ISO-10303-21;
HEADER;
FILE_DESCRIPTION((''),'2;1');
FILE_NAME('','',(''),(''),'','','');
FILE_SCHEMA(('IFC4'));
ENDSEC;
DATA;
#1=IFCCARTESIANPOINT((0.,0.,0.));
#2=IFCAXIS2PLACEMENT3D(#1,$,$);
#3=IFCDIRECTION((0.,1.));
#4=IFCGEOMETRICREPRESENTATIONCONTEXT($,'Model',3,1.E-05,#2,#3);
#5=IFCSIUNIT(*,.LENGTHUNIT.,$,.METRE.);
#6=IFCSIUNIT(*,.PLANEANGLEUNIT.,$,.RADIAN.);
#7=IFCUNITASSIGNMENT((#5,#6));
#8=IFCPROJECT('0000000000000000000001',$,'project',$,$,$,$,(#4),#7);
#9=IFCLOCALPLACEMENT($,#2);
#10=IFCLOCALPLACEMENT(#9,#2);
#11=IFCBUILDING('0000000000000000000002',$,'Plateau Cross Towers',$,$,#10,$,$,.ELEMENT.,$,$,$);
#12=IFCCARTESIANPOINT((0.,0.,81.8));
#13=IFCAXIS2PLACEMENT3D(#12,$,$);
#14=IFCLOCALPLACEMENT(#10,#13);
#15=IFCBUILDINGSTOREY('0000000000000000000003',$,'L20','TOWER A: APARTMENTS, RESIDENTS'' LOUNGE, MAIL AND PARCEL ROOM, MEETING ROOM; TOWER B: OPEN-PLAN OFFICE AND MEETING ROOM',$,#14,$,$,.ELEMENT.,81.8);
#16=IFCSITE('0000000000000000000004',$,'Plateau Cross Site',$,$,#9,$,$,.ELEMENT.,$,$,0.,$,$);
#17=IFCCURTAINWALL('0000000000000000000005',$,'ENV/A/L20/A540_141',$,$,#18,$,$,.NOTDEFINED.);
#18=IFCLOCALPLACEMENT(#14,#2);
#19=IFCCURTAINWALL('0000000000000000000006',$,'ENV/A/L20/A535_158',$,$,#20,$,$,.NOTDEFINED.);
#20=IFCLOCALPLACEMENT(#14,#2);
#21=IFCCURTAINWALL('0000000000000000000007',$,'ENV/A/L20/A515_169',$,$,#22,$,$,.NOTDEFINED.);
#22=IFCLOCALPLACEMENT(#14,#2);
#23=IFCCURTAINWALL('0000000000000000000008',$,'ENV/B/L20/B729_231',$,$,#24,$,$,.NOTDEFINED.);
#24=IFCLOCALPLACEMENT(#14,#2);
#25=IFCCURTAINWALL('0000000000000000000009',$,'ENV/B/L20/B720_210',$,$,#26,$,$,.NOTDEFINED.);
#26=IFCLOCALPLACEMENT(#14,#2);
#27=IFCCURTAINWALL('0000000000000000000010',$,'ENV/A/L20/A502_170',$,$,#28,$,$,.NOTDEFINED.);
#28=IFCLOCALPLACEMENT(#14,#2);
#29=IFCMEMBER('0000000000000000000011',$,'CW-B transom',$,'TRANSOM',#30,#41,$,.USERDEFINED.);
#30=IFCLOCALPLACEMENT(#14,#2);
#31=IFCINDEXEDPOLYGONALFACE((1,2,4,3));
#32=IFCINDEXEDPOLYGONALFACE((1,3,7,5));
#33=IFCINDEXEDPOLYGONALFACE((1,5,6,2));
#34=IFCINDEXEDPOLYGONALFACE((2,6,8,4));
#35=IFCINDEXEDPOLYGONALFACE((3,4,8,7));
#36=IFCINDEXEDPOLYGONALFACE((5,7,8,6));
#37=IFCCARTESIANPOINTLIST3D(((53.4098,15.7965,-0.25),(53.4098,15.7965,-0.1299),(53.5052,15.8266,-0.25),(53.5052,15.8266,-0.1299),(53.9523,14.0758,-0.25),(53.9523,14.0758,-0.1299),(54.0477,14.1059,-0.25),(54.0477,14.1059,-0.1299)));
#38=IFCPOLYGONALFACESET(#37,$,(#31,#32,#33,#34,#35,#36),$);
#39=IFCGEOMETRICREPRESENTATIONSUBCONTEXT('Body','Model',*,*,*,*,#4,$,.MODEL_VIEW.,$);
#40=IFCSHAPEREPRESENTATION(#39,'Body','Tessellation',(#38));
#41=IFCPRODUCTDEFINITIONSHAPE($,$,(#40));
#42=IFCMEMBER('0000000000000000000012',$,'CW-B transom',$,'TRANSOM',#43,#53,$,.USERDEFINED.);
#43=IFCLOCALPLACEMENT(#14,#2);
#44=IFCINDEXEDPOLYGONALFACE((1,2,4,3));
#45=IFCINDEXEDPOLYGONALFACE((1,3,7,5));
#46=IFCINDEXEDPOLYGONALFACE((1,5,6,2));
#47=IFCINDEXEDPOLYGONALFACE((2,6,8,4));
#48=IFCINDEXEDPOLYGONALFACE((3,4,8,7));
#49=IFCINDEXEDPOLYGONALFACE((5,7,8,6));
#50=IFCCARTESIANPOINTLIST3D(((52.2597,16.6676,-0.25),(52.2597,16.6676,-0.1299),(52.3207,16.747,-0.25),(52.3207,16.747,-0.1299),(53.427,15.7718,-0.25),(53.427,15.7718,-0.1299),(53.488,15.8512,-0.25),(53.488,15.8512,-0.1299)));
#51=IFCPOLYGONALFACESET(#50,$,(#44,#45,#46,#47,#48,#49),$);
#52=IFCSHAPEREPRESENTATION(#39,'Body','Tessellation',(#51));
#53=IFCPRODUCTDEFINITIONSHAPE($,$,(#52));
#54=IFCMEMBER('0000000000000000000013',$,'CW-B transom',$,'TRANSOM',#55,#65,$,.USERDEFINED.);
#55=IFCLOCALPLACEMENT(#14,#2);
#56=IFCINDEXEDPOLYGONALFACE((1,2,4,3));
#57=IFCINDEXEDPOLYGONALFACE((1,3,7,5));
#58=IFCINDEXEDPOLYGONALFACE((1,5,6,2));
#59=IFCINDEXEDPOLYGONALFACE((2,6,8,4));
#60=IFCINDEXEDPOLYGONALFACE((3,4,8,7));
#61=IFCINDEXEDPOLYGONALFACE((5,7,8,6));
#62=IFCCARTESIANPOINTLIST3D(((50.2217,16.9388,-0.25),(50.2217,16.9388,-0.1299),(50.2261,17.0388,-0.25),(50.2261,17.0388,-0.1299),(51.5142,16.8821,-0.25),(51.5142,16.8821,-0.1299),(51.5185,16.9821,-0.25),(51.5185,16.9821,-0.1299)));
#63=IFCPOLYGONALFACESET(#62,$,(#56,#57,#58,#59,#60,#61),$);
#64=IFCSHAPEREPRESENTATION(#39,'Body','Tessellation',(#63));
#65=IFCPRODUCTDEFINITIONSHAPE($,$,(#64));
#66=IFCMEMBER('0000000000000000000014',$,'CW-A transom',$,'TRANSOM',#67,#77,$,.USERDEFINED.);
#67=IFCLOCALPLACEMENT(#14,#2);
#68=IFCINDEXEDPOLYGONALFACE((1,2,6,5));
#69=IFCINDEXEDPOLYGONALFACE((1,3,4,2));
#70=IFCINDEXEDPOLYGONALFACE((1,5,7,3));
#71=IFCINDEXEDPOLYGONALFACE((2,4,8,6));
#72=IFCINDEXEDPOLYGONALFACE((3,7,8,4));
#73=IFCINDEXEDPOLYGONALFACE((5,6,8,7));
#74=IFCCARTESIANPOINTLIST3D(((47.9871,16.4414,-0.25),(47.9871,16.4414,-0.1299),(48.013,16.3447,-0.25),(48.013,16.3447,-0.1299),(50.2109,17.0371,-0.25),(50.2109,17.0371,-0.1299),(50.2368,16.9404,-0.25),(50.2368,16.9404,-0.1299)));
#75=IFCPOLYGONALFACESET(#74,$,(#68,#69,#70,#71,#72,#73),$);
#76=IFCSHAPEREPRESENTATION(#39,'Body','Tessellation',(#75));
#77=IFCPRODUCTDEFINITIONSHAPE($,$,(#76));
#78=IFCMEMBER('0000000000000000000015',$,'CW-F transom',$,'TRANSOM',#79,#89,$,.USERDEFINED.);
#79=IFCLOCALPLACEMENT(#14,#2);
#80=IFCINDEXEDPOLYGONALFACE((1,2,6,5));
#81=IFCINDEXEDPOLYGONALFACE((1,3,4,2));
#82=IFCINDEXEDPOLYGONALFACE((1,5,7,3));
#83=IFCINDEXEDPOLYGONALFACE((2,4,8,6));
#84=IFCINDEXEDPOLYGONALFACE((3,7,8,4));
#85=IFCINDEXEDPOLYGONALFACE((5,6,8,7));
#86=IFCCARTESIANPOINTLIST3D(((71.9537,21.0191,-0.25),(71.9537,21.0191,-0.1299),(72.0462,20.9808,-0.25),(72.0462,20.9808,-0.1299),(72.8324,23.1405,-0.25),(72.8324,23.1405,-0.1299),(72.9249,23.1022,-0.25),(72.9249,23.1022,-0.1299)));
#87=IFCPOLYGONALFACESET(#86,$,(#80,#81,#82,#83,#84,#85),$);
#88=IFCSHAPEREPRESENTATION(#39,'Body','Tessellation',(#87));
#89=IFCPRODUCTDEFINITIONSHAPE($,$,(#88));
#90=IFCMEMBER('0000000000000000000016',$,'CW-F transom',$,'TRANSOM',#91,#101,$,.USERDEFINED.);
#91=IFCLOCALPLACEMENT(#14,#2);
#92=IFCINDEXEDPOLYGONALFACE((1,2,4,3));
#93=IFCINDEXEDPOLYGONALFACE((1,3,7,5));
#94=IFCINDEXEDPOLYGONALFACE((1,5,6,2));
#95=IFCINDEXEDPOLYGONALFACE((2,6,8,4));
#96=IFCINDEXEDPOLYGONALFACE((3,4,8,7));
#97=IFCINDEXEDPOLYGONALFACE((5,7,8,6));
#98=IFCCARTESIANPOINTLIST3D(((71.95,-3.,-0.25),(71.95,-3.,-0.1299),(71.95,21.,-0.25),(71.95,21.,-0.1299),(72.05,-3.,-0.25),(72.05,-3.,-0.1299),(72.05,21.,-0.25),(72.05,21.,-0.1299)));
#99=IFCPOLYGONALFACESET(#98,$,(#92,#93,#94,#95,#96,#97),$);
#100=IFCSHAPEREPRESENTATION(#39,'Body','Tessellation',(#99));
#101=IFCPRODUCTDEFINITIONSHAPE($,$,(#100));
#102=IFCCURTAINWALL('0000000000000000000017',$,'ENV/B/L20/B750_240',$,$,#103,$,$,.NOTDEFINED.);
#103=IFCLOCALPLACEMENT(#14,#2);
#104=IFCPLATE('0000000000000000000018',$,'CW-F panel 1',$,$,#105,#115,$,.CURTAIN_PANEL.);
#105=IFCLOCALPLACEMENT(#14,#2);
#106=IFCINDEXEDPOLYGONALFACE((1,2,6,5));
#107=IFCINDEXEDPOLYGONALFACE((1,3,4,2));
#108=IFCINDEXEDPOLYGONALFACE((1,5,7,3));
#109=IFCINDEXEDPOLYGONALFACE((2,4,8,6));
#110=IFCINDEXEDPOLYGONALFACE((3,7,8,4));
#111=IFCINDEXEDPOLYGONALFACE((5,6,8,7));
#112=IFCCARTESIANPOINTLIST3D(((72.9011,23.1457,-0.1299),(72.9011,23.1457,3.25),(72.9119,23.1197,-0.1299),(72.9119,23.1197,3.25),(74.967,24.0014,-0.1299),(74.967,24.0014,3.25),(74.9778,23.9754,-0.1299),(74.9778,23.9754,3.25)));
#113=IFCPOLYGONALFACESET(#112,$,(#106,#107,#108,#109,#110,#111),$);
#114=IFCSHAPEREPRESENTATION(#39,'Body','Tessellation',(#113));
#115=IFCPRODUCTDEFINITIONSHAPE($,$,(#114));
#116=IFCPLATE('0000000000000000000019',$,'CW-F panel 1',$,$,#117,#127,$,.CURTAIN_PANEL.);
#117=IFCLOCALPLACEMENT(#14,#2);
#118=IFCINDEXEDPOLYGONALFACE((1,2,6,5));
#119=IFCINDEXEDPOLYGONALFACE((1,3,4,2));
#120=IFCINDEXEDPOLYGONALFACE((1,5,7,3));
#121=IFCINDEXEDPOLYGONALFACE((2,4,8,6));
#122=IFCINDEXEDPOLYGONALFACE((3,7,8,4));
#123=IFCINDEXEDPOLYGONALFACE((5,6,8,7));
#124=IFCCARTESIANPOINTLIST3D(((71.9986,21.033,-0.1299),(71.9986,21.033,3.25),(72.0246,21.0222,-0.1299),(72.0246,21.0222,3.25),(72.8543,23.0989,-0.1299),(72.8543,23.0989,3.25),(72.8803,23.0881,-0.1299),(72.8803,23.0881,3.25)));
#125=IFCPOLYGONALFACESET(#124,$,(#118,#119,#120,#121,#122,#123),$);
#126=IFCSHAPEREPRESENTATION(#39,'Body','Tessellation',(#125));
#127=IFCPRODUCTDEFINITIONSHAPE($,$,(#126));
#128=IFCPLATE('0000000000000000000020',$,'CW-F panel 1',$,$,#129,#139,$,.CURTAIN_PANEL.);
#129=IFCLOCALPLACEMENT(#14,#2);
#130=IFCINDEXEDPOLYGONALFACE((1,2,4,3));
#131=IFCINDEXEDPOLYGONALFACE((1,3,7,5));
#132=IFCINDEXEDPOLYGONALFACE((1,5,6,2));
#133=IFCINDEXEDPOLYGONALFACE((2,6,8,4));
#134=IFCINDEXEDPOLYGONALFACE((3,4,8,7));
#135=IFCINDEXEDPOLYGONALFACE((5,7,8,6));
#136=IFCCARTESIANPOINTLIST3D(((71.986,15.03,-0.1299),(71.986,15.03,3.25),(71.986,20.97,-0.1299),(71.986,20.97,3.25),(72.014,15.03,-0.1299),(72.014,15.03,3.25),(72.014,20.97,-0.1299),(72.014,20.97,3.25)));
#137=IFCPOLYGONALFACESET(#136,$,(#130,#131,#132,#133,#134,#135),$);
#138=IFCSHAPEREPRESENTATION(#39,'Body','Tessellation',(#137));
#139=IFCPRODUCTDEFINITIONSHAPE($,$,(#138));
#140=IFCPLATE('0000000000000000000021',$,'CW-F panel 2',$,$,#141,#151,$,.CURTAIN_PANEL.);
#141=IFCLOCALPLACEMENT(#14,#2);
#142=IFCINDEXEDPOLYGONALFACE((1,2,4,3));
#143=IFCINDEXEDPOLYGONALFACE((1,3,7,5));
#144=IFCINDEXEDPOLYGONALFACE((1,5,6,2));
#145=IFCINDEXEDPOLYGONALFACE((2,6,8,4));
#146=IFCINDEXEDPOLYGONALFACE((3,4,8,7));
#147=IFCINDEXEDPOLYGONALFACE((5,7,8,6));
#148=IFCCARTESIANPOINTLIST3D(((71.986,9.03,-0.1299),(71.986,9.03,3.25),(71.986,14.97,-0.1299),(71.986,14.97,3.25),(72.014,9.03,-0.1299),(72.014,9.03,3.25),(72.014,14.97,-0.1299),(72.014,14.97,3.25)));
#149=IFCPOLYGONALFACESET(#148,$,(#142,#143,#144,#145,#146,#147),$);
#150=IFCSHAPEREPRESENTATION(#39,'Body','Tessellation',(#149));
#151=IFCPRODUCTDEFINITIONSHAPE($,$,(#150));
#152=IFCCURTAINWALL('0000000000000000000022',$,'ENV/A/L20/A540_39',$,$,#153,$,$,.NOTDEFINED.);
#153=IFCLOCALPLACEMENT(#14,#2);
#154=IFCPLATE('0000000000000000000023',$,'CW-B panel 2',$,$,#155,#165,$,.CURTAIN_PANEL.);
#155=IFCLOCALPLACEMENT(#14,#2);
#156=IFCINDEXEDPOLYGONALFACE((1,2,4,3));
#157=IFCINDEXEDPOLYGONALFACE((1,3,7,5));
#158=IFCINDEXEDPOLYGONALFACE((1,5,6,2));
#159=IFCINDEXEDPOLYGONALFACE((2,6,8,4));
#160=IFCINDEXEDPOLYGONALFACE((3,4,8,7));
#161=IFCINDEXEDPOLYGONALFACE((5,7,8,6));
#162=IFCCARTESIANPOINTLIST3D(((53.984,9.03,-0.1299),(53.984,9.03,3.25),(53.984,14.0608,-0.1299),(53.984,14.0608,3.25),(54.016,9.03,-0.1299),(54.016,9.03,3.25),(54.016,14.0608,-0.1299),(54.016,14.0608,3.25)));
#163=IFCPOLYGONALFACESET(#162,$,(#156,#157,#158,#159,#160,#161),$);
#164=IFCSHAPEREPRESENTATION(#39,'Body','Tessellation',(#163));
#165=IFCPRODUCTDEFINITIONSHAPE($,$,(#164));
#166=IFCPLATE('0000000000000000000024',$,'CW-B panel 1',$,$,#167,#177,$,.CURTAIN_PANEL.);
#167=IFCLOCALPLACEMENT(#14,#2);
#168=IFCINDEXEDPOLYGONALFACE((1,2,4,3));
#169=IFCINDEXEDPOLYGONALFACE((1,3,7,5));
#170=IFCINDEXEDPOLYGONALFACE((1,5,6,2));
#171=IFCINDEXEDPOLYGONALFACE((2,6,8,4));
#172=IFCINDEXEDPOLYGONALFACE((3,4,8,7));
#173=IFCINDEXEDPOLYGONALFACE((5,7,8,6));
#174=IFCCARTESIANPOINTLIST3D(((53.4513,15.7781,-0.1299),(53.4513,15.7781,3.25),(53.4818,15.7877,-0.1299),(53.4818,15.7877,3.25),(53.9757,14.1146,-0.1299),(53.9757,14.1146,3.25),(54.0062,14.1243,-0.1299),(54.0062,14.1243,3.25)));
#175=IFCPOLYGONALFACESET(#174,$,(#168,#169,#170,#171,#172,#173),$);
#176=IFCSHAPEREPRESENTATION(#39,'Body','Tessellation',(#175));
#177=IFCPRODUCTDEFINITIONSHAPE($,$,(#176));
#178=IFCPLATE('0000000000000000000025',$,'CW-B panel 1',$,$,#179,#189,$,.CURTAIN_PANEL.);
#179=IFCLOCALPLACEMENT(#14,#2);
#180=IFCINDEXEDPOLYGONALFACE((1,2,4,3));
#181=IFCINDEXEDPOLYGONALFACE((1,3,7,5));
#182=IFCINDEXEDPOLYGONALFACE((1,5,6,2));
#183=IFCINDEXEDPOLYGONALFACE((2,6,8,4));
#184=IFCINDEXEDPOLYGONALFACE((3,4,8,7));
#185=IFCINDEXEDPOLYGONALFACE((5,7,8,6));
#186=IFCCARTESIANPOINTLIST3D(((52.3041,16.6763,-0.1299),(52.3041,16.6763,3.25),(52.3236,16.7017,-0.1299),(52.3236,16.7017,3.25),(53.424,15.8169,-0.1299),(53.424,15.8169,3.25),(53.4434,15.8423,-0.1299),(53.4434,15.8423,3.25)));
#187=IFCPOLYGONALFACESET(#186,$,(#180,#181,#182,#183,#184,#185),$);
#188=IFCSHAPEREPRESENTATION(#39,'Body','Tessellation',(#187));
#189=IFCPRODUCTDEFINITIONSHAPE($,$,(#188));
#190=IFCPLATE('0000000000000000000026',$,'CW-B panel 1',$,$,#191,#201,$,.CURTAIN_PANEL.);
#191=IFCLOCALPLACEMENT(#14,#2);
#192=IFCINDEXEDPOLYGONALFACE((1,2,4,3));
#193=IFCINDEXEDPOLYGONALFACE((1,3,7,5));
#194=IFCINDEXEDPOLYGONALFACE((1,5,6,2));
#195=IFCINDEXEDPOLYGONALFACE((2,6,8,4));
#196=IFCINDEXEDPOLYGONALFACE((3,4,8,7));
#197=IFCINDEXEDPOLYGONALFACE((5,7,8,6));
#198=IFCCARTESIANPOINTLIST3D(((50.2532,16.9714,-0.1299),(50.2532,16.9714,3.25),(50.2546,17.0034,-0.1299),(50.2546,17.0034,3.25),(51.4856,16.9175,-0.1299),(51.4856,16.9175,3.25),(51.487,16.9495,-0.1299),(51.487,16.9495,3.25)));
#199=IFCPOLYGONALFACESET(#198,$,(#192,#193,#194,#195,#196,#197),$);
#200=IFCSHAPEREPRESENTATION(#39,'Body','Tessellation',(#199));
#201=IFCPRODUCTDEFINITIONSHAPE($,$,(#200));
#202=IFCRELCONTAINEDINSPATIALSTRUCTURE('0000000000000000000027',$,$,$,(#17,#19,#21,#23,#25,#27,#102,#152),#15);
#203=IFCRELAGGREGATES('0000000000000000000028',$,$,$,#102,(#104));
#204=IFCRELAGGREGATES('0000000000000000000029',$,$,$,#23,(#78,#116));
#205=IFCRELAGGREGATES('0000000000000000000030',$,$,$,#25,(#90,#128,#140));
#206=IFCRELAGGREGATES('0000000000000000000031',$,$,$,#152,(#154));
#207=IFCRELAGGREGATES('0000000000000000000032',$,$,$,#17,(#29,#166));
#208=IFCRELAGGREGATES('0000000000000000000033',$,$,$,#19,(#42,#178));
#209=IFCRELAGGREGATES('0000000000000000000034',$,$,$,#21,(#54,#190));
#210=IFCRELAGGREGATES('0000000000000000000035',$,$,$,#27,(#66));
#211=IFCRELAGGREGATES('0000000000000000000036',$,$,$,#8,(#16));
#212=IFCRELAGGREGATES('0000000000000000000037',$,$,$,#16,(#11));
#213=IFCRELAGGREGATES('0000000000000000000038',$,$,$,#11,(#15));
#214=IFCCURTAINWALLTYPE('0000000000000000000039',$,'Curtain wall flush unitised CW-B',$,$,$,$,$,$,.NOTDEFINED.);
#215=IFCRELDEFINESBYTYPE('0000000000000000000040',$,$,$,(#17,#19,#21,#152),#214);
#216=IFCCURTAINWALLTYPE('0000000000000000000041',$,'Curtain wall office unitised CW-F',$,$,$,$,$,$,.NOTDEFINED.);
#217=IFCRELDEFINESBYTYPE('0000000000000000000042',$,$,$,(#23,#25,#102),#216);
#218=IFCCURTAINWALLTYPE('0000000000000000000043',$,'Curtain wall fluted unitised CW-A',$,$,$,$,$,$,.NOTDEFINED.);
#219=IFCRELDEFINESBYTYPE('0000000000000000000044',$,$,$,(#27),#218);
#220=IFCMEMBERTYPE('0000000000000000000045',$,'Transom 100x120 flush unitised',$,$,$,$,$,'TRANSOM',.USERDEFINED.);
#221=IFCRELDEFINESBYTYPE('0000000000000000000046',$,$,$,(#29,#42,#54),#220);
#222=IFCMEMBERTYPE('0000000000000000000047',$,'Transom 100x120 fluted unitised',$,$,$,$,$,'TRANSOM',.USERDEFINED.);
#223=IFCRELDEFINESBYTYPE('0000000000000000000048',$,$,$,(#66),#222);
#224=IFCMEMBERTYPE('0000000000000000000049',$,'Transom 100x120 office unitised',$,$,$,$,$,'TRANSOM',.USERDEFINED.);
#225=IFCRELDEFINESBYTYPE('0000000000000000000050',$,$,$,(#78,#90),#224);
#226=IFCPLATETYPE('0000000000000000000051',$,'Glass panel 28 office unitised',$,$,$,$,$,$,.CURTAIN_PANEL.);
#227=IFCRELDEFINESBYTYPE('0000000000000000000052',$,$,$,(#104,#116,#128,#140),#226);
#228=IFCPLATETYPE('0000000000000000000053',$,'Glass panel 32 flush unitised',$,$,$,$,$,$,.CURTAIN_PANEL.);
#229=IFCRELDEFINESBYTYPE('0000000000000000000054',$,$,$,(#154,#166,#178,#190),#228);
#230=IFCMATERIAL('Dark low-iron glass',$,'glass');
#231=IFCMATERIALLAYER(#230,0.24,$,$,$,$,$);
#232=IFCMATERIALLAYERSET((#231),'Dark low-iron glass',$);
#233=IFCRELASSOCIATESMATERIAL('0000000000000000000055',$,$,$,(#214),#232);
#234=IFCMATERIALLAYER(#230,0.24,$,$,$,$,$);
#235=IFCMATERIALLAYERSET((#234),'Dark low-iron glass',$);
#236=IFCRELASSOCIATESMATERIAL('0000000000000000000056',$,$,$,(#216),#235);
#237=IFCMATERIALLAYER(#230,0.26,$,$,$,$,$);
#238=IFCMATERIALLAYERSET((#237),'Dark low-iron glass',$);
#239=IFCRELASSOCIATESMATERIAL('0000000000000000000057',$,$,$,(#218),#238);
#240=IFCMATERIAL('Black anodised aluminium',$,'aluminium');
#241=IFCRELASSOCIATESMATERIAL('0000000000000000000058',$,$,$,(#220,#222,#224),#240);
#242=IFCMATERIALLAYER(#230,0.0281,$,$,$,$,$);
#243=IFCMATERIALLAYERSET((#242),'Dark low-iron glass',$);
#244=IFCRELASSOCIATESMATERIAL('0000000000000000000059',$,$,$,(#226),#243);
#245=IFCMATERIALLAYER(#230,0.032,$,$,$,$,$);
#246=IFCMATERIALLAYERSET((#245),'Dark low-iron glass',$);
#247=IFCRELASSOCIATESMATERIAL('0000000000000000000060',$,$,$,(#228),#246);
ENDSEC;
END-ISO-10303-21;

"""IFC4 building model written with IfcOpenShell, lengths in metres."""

from ifc_helpers import new_model, si_unit, direction, frame, origin, origin_2d, place, context, subcontext, project, spatial, rectangle, extrude, material, layer, layer_set, material_profile, profile_set, type_object, element, aggregate, save


model = new_model("IFC4")

# Units and contexts
model_context = context("Model", 3, precision=1e-05, world=origin(), true_north=direction((0.0, 1.0)))
body_context = subcontext(model_context, "Body", "Model", "MODEL_VIEW")
ifc_project = project(units=[si_unit("LENGTHUNIT", "METRE"), si_unit("PLANEANGLEUNIT", "RADIAN")], contexts=[model_context])

# Site, building, storey
site_placement = place(None, origin())
site = spatial("IfcSite", under=ifc_project, at=site_placement, Name="Plateau Cross Site", CompositionType="ELEMENT", RefElevation=0.0)
building_placement = place(site_placement, origin())
building = spatial("IfcBuilding", under=site, at=building_placement, Name="Plateau Cross Towers", CompositionType="ELEMENT")
storey_placement = place(building_placement, frame((0.0, 0.0, 81.8)))
storey = spatial("IfcBuildingStorey", under=building, at=storey_placement, Name="L20", Description="TOWER A: APARTMENTS, RESIDENTS' LOUNGE, MAIL AND PARCEL ROOM, MEETING ROOM; TOWER B: OPEN-PLAN OFFICE AND MEETING ROOM", CompositionType="ELEMENT", Elevation=81.8)

# Curtain wall
ifc_material_1 = material(Name="Dark low-iron glass", Category="glass")
ifc_layer_1 = layer(ifc_material_1, 0.24)
ifc_layer_set_1 = layer_set([ifc_layer_1], Name="Dark low-iron glass")
curtain_wall_type_1 = type_object("IfcCurtainWallType", Name="Curtain wall flush unitised CW-B", PredefinedType="NOTDEFINED", material=ifc_layer_set_1)
curtain_wall_1_placement = place(storey_placement, origin())
curtain_wall_1 = element("IfcCurtainWall", 1, at=curtain_wall_1_placement, inside=storey, type_object=curtain_wall_type_1, Name="ENV/A/L20/A540_141", PredefinedType="NOTDEFINED")
ifc_material_2 = material(Name="Black anodised aluminium", Category="aluminium")

# Curtain wall
curtain_wall_2_placement = place(storey_placement, origin())
curtain_wall_2 = element("IfcCurtainWall", 2, at=curtain_wall_2_placement, inside=storey, type_object=curtain_wall_type_1, Name="ENV/A/L20/A535_158", PredefinedType="NOTDEFINED")

# Curtain walls
curtain_wall_3_placement = place(storey_placement, origin())
curtain_wall_3 = element("IfcCurtainWall", 3, at=curtain_wall_3_placement, inside=storey, type_object=curtain_wall_type_1, Name="ENV/A/L20/A515_169", PredefinedType="NOTDEFINED")
ifc_layer_2 = layer(ifc_material_1, 0.24)
ifc_layer_set_2 = layer_set([ifc_layer_2], Name="Dark low-iron glass")
curtain_wall_type_2 = type_object("IfcCurtainWallType", Name="Curtain wall office unitised CW-F", PredefinedType="NOTDEFINED", material=ifc_layer_set_2)
curtain_wall_4_placement = place(storey_placement, origin())
curtain_wall_4 = element("IfcCurtainWall", 4, at=curtain_wall_4_placement, inside=storey, type_object=curtain_wall_type_2, Name="ENV/B/L20/B729_231", PredefinedType="NOTDEFINED")

# Curtain wall
curtain_wall_5_placement = place(storey_placement, origin())
curtain_wall_5 = element("IfcCurtainWall", 5, at=curtain_wall_5_placement, inside=storey, type_object=curtain_wall_type_2, Name="ENV/B/L20/B720_210", PredefinedType="NOTDEFINED")

# Curtain wall
ifc_layer_3 = layer(ifc_material_1, 0.26)
ifc_layer_set_3 = layer_set([ifc_layer_3], Name="Dark low-iron glass")
curtain_wall_type_3 = type_object("IfcCurtainWallType", Name="Curtain wall fluted unitised CW-A", PredefinedType="NOTDEFINED", material=ifc_layer_set_3)
curtain_wall_6_placement = place(storey_placement, origin())
curtain_wall_6 = element("IfcCurtainWall", 6, at=curtain_wall_6_placement, inside=storey, type_object=curtain_wall_type_3, Name="ENV/A/L20/A502_170", PredefinedType="NOTDEFINED")

# Members
ifc_material_profile_1 = material_profile(ifc_material_2, rectangle(XDim=0.1001, YDim=0.1201, at=origin_2d()), Name="TRANSOM 100x120")
ifc_profile_set_1 = profile_set([ifc_material_profile_1], Name="Black anodised aluminium")
member_type_1 = type_object("IfcMemberType", Name="Transom 100x120 flush unitised", ElementType="TRANSOM", PredefinedType="USERDEFINED", material=ifc_profile_set_1)
member_1_placement = place(storey_placement, frame((54.0, 14.0908, -0.1899), z_axis=(-0.300678, 0.953726, 0.0), x_axis=(-0.953726, -0.300678, 0.0)))
member_1 = element("IfcMember", 7, at=member_1_placement, type_object=member_type_1, Name="CW-B transom", ObjectType="TRANSOM", PredefinedType="USERDEFINED", context=body_context, shape_type="SweptSolid", body=[
    extrude(rectangle(XDim=0.1001, YDim=0.1201, at=origin_2d()), origin(), (0.0, 0.0, 1.0), 1.8042),
])
member_2_placement = place(storey_placement, frame((53.4575, 15.8115, -0.1899), z_axis=(-0.793321, 0.608804, 0.0), x_axis=(-0.608804, -0.793321, 0.0)))
member_2 = element("IfcMember", 8, at=member_2_placement, type_object=member_type_1, Name="CW-B transom", ObjectType="TRANSOM", PredefinedType="USERDEFINED", context=body_context, shape_type="SweptSolid", body=[
    extrude(rectangle(XDim=0.1001, YDim=0.1201, at=origin_2d()), origin(), (0.0, 0.0, 1.0), 1.4714),
])
member_3_placement = place(storey_placement, frame((51.5164, 16.9321, -0.1899), z_axis=(-0.999041, 0.043781, 0.0), x_axis=(-0.043781, -0.999041, 0.0)))
member_3 = element("IfcMember", 9, at=member_3_placement, type_object=member_type_1, Name="CW-B transom", ObjectType="TRANSOM", PredefinedType="USERDEFINED", context=body_context, shape_type="SweptSolid", body=[
    extrude(rectangle(XDim=0.1001, YDim=0.1201, at=origin_2d()), origin(), (0.0, 0.0, 1.0), 1.2937),
])
ifc_material_profile_2 = material_profile(ifc_material_2, rectangle(XDim=0.1001, YDim=0.1201, at=origin_2d()), Name="TRANSOM 100x120")
ifc_profile_set_2 = profile_set([ifc_material_profile_2], Name="Black anodised aluminium")
member_type_2 = type_object("IfcMemberType", Name="Transom 100x120 fluted unitised", ElementType="TRANSOM", PredefinedType="USERDEFINED", material=ifc_profile_set_2)
member_4_placement = place(storey_placement, frame((50.2239, 16.9888, -0.1899), z_axis=(-0.965946, -0.258745, 0.0), x_axis=(0.258745, -0.965946, 0.0)))
member_4 = element("IfcMember", 10, at=member_4_placement, type_object=member_type_2, Name="CW-A transom", ObjectType="TRANSOM", PredefinedType="USERDEFINED", context=body_context, shape_type="SweptSolid", body=[
    extrude(rectangle(XDim=0.1001, YDim=0.1201, at=origin_2d()), origin(), (0.0, 0.0, 1.0), 2.3022),
])
ifc_material_profile_3 = material_profile(ifc_material_2, rectangle(XDim=0.1001, YDim=0.1201, at=origin_2d()), Name="TRANSOM 100x120")
ifc_profile_set_3 = profile_set([ifc_material_profile_3], Name="Black anodised aluminium")
member_type_3 = type_object("IfcMemberType", Name="Transom 100x120 office unitised", ElementType="TRANSOM", PredefinedType="USERDEFINED", material=ifc_profile_set_3)
member_5_placement = place(storey_placement, frame((72.8787, 23.1213, -0.1899), z_axis=(-0.382674, -0.923883, 0.0), x_axis=(0.923883, -0.382674, 0.0)))
member_5 = element("IfcMember", 11, at=member_5_placement, type_object=member_type_3, Name="CW-F transom", ObjectType="TRANSOM", PredefinedType="USERDEFINED", context=body_context, shape_type="SweptSolid", body=[
    extrude(rectangle(XDim=0.1001, YDim=0.1201, at=origin_2d()), origin(), (0.0, 0.0, 1.0), 2.2961),
])
member_6_placement = place(storey_placement, frame((72.0, 21.0, -0.1899), z_axis=(0.0, -1.0, 0.0), x_axis=(1.0, 0.0, 0.0)))
member_6 = element("IfcMember", 12, at=member_6_placement, type_object=member_type_3, Name="CW-F transom", ObjectType="TRANSOM", PredefinedType="USERDEFINED", context=body_context, shape_type="SweptSolid", body=[
    extrude(rectangle(XDim=0.1001, YDim=0.1201, at=origin_2d()), origin(), (0.0, 0.0, 1.0), 24.0),
])

# Curtain wall, plate
curtain_wall_7_placement = place(storey_placement, origin())
curtain_wall_7 = element("IfcCurtainWall", 13, at=curtain_wall_7_placement, inside=storey, type_object=curtain_wall_type_2, Name="ENV/B/L20/B750_240", PredefinedType="NOTDEFINED")
ifc_layer_4 = layer(ifc_material_1, 0.0281)
ifc_layer_set_4 = layer_set([ifc_layer_4], Name="Dark low-iron glass")
plate_type_1 = type_object("IfcPlateType", Name="Glass panel 28 office unitised", PredefinedType="CURTAIN_PANEL", material=ifc_layer_set_4)
plate_1_placement = place(storey_placement, frame((73.9395, 23.5605, -0.1299), z_axis=(0.0, 0.0, 1.0), x_axis=(-0.923879, -0.382684, 0.0)))
plate_1 = element("IfcPlate", 14, at=plate_1_placement, type_object=plate_type_1, Name="CW-F panel 1", PredefinedType="CURTAIN_PANEL", context=body_context, shape_type="SweptSolid", body=[
    extrude(rectangle(XDim=2.2361, YDim=0.0281, at=origin_2d()), origin(), (0.0, 0.0, 1.0), 3.3799),
])
aggregate(curtain_wall_7, [plate_1])

# Plates
plate_2_placement = place(storey_placement, frame((72.4395, 22.0605, -0.1299), z_axis=(0.0, 0.0, 1.0), x_axis=(-0.382684, -0.923879, 0.0)))
plate_2 = element("IfcPlate", 15, at=plate_2_placement, type_object=plate_type_1, Name="CW-F panel 1", PredefinedType="CURTAIN_PANEL", context=body_context, shape_type="SweptSolid", body=[
    extrude(rectangle(XDim=2.2361, YDim=0.0281, at=origin_2d()), origin(), (0.0, 0.0, 1.0), 3.3799),
])
aggregate(curtain_wall_4, [member_5, plate_2])
plate_3_placement = place(storey_placement, frame((72.0, 18.0, -0.1299), z_axis=(0.0, 0.0, 1.0), x_axis=(0.0, -1.0, 0.0)))
plate_3 = element("IfcPlate", 16, at=plate_3_placement, type_object=plate_type_1, Name="CW-F panel 1", PredefinedType="CURTAIN_PANEL", context=body_context, shape_type="SweptSolid", body=[
    extrude(rectangle(XDim=5.9399, YDim=0.0281, at=origin_2d()), origin(), (0.0, 0.0, 1.0), 3.3799),
])
plate_4_placement = place(storey_placement, frame((72.0, 12.0, -0.1299), z_axis=(0.0, 0.0, 1.0), x_axis=(0.0, -1.0, 0.0)))
plate_4 = element("IfcPlate", 17, at=plate_4_placement, type_object=plate_type_1, Name="CW-F panel 2", PredefinedType="CURTAIN_PANEL", context=body_context, shape_type="SweptSolid", body=[
    extrude(rectangle(XDim=5.9399, YDim=0.0281, at=origin_2d()), origin(), (0.0, 0.0, 1.0), 3.3799),
])
aggregate(curtain_wall_5, [member_6, plate_3, plate_4])

# Curtain wall, plate
curtain_wall_8_placement = place(storey_placement, origin())
curtain_wall_8 = element("IfcCurtainWall", 18, at=curtain_wall_8_placement, inside=storey, type_object=curtain_wall_type_1, Name="ENV/A/L20/A540_39", PredefinedType="NOTDEFINED")
ifc_layer_5 = layer(ifc_material_1, 0.032)
ifc_layer_set_5 = layer_set([ifc_layer_5], Name="Dark low-iron glass")
plate_type_2 = type_object("IfcPlateType", Name="Glass panel 32 flush unitised", PredefinedType="CURTAIN_PANEL", material=ifc_layer_set_5)
plate_5_placement = place(storey_placement, frame((54.0, 11.5454, -0.1299), z_axis=(0.0, 0.0, 1.0), x_axis=(0.0, 1.0, 0.0)))
plate_5 = element("IfcPlate", 19, at=plate_5_placement, type_object=plate_type_2, Name="CW-B panel 2", PredefinedType="CURTAIN_PANEL", context=body_context, shape_type="SweptSolid", body=[
    extrude(rectangle(XDim=5.0308, YDim=0.032, at=origin_2d()), origin(), (0.0, 0.0, 1.0), 3.3799),
])
aggregate(curtain_wall_8, [plate_5])

# Plates
plate_6_placement = place(storey_placement, frame((53.7288, 14.9512, -0.1299), z_axis=(0.0, 0.0, 1.0), x_axis=(-0.300686, 0.953723, 0.0)))
plate_6 = element("IfcPlate", 20, at=plate_6_placement, type_object=plate_type_2, Name="CW-B panel 1", PredefinedType="CURTAIN_PANEL", context=body_context, shape_type="SweptSolid", body=[
    extrude(rectangle(XDim=1.7441, YDim=0.032, at=origin_2d()), origin(), (0.0, 0.0, 1.0), 3.3799),
])
aggregate(curtain_wall_1, [member_1, plate_6])
plate_7_placement = place(storey_placement, frame((52.8738, 16.2593, -0.1299), z_axis=(0.0, 0.0, 1.0), x_axis=(-0.793316, 0.608811, 0.0)))
plate_7 = element("IfcPlate", 21, at=plate_7_placement, type_object=plate_type_2, Name="CW-B panel 1", PredefinedType="CURTAIN_PANEL", context=body_context, shape_type="SweptSolid", body=[
    extrude(rectangle(XDim=1.4116, YDim=0.032, at=origin_2d()), origin(), (0.0, 0.0, 1.0), 3.3799),
])
aggregate(curtain_wall_2, [member_2, plate_7])
plate_8_placement = place(storey_placement, frame((50.8701, 16.9604, -0.1299), z_axis=(0.0, 0.0, 1.0), x_axis=(-0.999044, 0.043723, 0.0)))
plate_8 = element("IfcPlate", 22, at=plate_8_placement, type_object=plate_type_2, Name="CW-B panel 1", PredefinedType="CURTAIN_PANEL", context=body_context, shape_type="SweptSolid", body=[
    extrude(rectangle(XDim=1.2336, YDim=0.032, at=origin_2d()), origin(), (0.0, 0.0, 1.0), 3.3799),
])
aggregate(curtain_wall_3, [member_3, plate_8])
aggregate(curtain_wall_6, [member_4])

save(model, "model.ifc")
